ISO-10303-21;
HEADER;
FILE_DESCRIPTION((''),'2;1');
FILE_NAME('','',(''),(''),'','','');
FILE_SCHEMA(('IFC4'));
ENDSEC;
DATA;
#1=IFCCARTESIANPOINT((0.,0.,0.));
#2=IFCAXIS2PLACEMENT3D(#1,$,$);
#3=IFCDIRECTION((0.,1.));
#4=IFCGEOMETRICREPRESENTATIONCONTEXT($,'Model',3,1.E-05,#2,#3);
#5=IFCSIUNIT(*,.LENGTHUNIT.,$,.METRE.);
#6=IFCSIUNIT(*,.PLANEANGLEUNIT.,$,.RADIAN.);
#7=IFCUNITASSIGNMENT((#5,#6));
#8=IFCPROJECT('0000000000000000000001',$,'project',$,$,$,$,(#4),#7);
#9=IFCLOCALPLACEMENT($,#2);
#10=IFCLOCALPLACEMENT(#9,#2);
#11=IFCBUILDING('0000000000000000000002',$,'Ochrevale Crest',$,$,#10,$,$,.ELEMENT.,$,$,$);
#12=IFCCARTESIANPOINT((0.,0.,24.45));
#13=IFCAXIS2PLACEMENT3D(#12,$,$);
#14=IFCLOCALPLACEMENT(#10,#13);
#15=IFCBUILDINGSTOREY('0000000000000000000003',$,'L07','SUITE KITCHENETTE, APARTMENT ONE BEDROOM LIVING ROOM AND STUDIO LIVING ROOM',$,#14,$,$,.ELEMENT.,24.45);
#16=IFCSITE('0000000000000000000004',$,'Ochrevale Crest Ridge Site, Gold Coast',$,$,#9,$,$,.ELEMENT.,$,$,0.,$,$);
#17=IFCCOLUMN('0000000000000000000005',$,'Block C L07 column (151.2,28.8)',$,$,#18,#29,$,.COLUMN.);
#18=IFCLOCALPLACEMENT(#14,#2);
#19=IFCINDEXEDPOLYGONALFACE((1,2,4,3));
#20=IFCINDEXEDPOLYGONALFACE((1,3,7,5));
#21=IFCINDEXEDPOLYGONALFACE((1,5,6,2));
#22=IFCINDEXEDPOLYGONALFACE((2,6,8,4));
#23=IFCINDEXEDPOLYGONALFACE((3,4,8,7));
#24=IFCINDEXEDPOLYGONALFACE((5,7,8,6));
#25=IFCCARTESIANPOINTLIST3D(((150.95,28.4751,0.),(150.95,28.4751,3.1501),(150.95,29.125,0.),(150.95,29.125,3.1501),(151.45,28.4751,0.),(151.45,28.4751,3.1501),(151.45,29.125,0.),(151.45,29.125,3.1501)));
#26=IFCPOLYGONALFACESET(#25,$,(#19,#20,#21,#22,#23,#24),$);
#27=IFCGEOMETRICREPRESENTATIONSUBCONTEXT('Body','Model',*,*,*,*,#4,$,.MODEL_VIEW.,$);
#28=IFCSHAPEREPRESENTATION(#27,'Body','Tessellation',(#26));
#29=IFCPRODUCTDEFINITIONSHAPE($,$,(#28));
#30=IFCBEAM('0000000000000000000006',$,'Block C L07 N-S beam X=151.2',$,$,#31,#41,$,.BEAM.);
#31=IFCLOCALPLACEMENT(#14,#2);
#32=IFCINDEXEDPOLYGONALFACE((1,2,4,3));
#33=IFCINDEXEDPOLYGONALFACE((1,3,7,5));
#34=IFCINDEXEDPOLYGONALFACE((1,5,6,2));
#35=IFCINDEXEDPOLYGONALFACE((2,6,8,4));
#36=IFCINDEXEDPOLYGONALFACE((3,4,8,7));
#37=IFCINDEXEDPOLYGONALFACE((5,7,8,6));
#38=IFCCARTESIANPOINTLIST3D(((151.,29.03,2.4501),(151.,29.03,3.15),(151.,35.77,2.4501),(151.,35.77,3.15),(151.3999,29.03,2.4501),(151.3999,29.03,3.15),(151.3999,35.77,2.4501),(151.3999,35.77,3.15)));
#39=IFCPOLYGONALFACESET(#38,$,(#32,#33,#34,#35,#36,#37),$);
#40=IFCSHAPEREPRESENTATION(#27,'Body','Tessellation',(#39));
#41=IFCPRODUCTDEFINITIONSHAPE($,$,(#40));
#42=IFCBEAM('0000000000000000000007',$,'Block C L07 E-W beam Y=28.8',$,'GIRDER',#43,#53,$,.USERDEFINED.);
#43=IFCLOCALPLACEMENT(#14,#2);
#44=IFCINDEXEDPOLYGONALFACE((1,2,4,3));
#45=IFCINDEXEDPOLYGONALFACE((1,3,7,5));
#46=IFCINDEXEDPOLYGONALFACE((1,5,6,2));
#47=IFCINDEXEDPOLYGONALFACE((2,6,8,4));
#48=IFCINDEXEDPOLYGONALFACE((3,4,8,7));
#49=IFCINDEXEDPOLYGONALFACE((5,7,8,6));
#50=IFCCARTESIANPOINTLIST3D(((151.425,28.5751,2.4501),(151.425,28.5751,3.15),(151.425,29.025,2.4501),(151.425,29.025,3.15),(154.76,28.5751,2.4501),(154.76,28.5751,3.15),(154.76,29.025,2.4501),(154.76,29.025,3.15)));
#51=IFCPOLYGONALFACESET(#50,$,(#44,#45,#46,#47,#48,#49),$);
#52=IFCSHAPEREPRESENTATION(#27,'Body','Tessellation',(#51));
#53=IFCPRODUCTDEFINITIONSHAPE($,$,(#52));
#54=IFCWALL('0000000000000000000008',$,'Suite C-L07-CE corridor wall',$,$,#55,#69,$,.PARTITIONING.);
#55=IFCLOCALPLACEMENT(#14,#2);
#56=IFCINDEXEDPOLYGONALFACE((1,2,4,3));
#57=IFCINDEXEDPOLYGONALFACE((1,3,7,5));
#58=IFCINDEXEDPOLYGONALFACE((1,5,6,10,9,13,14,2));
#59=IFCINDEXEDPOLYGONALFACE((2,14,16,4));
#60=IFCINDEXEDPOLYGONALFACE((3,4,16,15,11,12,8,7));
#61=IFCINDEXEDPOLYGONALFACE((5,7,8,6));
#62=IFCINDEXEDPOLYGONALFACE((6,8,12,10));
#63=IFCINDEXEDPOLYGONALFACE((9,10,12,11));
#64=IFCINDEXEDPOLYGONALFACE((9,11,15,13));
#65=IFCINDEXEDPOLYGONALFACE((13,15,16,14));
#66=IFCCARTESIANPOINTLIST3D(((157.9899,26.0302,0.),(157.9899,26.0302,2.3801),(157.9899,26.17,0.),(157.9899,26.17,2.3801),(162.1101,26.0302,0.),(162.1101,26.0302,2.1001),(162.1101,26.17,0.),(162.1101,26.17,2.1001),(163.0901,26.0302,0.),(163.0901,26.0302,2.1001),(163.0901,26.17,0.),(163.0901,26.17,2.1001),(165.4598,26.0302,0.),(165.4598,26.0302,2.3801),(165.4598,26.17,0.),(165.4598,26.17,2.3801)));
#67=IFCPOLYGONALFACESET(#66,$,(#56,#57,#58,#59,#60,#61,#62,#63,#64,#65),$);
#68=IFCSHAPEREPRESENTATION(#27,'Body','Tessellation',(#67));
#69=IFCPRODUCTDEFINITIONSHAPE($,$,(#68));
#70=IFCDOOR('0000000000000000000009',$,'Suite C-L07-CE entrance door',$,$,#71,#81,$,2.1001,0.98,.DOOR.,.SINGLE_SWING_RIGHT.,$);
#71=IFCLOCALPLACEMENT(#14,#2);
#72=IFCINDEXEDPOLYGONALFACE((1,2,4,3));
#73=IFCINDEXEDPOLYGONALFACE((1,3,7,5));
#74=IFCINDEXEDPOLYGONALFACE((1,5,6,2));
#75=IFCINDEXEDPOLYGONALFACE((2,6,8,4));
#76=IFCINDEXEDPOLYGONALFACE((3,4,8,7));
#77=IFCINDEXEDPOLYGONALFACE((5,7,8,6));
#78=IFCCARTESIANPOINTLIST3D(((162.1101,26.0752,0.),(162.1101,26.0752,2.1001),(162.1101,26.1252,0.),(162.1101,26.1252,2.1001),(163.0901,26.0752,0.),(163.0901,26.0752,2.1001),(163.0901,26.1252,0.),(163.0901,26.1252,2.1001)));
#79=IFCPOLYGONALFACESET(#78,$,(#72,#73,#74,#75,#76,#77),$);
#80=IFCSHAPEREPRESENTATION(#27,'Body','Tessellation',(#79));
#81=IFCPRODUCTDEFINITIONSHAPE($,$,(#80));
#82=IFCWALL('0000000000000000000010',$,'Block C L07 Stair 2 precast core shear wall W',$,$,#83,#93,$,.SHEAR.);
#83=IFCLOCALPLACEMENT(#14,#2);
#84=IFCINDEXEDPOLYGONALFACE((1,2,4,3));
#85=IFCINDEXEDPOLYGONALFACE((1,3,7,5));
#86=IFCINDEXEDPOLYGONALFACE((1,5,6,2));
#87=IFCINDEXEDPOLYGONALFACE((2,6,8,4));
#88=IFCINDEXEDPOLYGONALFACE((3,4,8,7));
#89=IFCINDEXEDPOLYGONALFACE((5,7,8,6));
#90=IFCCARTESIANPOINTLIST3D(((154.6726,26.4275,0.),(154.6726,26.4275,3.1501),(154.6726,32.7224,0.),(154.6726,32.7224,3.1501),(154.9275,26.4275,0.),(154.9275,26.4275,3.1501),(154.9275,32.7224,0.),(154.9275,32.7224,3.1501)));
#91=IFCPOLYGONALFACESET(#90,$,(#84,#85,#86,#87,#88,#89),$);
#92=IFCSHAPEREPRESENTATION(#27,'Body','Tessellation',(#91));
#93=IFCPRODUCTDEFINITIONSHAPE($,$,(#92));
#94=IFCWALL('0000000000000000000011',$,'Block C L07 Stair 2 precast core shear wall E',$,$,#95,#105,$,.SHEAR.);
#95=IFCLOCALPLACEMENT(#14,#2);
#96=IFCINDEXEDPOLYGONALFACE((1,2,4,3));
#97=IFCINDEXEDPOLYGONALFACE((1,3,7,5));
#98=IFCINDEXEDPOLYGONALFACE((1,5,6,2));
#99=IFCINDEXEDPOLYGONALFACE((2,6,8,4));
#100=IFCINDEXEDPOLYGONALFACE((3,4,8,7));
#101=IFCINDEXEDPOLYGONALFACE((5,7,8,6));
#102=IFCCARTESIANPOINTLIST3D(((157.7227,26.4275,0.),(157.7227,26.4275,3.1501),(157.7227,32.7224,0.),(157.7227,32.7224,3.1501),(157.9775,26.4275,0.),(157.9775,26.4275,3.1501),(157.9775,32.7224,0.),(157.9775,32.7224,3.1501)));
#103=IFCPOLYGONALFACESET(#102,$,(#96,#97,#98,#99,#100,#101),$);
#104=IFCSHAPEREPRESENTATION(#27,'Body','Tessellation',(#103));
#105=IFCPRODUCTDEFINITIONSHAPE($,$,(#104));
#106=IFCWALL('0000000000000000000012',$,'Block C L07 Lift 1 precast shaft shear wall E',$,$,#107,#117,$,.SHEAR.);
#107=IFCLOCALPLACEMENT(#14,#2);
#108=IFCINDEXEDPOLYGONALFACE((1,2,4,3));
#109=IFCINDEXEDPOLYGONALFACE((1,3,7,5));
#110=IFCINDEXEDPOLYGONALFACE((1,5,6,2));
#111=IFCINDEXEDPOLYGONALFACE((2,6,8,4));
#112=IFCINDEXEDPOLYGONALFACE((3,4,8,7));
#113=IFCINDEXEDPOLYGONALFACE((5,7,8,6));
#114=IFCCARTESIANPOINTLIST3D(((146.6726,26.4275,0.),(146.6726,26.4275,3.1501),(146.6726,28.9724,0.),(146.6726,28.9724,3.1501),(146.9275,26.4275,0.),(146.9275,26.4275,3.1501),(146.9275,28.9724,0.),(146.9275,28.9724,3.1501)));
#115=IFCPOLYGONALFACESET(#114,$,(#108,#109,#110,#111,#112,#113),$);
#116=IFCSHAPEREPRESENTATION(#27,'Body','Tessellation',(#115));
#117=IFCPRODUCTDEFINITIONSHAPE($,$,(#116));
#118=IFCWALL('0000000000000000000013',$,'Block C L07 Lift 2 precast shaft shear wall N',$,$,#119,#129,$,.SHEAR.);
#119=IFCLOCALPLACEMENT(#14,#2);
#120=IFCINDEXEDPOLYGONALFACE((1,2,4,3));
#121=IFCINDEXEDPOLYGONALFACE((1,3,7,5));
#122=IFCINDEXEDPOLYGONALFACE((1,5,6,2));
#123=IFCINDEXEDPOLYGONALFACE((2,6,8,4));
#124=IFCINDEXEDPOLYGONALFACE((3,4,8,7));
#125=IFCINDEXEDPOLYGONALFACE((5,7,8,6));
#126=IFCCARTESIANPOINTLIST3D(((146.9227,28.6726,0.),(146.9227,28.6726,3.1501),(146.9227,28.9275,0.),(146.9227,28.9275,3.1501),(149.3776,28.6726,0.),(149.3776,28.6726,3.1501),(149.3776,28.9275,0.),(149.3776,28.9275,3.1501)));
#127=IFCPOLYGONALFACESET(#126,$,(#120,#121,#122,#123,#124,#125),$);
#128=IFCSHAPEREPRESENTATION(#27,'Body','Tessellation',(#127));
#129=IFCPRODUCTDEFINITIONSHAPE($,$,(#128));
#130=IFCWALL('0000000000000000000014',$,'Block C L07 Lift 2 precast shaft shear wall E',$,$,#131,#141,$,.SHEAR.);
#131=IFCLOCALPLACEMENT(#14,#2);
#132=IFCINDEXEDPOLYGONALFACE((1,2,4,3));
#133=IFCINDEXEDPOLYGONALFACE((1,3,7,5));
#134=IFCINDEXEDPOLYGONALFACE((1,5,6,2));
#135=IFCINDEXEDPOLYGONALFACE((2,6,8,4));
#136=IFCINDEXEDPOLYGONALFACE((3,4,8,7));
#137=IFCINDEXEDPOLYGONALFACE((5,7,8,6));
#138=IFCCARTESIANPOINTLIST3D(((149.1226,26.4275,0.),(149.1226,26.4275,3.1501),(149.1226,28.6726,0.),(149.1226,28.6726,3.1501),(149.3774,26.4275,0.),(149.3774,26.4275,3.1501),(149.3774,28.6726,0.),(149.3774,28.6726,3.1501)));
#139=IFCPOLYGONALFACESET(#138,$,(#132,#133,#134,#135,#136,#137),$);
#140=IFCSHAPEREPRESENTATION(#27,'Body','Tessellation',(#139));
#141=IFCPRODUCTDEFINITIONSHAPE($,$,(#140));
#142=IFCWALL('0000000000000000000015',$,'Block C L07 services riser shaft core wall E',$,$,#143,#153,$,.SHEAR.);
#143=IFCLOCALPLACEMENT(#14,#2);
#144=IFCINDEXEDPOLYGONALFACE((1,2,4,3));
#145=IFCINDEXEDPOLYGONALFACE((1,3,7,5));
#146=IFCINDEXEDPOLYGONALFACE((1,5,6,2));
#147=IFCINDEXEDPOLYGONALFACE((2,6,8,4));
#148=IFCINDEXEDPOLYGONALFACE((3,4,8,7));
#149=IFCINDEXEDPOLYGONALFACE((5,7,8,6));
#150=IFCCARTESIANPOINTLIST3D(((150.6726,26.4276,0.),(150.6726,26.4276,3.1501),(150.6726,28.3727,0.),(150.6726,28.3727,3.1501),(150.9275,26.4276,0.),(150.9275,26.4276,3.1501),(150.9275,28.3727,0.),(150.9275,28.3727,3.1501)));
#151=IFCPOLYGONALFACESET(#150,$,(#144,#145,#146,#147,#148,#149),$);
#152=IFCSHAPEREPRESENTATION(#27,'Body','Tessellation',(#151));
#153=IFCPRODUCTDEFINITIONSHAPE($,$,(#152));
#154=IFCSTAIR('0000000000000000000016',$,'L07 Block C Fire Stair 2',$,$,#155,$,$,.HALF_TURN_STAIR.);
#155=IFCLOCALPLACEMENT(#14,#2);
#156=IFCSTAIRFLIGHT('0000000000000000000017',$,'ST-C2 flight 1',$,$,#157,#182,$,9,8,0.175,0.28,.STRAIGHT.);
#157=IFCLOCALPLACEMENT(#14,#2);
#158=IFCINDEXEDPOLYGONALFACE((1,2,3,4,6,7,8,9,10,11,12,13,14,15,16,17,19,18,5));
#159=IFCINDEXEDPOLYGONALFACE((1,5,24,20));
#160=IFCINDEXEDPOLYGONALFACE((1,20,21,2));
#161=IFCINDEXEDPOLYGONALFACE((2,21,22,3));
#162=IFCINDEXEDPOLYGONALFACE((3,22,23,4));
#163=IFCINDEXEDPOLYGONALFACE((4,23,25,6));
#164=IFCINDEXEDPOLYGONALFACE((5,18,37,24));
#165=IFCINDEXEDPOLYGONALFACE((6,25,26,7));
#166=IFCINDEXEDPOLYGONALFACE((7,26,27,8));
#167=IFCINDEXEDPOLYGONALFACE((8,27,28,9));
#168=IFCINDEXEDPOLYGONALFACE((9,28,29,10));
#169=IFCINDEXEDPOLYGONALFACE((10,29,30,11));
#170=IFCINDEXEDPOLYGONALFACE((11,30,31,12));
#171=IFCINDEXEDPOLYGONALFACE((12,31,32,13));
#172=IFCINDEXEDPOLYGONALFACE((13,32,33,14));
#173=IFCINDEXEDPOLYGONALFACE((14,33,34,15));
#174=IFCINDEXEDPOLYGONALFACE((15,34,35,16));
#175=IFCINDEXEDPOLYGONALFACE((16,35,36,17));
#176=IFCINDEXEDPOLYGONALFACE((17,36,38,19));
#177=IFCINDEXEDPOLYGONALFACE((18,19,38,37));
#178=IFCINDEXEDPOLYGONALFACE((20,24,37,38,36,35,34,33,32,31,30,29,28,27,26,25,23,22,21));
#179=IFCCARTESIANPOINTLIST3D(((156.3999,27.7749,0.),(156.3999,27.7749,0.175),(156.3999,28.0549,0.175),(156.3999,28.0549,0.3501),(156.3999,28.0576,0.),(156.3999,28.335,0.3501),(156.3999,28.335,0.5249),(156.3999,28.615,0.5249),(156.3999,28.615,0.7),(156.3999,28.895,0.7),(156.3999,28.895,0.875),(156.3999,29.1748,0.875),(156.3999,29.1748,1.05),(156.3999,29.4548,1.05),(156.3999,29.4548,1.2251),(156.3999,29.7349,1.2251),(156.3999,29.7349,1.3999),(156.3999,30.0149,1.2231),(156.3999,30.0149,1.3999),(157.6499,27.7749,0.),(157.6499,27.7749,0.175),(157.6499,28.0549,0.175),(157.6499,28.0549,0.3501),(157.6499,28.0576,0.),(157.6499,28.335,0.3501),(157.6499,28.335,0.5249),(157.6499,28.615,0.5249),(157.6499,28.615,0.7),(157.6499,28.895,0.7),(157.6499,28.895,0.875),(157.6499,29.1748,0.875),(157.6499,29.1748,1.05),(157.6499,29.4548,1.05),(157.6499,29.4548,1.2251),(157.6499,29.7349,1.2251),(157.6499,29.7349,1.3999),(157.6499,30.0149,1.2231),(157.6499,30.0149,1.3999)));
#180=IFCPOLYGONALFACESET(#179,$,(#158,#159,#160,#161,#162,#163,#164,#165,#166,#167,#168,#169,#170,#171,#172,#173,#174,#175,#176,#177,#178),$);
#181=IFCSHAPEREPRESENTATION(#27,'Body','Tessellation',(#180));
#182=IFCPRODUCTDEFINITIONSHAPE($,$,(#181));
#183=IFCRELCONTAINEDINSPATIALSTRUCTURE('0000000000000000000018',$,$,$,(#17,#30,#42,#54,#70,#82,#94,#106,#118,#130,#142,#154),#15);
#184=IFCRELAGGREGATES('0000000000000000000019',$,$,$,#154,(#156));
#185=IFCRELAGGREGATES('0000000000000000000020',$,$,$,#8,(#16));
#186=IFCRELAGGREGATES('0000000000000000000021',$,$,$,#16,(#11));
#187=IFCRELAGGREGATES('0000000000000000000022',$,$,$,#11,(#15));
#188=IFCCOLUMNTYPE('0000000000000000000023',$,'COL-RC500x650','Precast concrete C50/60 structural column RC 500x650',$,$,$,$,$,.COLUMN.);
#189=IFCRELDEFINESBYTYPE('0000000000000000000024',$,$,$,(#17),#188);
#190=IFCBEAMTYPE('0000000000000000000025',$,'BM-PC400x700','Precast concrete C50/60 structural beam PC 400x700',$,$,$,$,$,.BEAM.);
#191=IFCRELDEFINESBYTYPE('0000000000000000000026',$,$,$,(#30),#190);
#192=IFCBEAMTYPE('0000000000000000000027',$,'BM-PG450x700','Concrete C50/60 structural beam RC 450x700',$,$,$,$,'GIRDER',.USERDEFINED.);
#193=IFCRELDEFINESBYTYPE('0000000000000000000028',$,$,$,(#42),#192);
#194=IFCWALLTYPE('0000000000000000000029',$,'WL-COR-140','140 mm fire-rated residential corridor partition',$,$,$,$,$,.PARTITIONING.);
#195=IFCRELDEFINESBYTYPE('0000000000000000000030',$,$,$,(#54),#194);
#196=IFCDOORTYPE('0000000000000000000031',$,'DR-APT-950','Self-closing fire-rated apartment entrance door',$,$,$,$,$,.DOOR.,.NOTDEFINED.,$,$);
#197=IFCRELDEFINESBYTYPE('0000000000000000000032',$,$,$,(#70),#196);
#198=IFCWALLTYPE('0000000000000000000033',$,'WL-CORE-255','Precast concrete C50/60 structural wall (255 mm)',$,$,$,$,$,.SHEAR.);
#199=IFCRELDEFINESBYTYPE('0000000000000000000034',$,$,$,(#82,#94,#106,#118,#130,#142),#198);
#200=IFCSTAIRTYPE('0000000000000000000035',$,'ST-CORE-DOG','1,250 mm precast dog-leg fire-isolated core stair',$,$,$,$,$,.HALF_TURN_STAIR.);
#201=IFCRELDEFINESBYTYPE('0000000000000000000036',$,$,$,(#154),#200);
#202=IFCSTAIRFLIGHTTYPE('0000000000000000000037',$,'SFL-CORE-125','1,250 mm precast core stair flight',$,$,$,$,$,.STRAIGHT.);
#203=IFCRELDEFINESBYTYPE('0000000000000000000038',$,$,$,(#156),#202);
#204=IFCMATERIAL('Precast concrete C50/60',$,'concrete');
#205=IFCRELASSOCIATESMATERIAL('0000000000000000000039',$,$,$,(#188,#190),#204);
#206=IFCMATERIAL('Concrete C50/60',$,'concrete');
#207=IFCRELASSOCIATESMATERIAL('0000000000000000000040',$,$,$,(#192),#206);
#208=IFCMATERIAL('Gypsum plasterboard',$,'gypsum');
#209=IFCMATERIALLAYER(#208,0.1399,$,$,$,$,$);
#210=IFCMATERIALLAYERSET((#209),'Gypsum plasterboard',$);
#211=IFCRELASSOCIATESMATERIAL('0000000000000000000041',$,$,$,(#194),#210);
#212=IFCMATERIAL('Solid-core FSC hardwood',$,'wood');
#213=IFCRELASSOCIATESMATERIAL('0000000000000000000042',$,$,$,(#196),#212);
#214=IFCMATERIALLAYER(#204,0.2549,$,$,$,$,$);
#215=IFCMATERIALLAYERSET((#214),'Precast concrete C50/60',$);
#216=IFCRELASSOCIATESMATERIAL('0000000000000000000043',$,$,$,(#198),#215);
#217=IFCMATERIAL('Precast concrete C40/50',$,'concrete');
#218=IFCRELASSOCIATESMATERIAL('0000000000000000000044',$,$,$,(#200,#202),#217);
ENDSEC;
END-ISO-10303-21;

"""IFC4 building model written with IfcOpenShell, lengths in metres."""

from ifc_helpers import new_model, si_unit, direction, frame, frame_2d, origin, origin_2d, place, context, subcontext, project, spatial, polyline, rectangle, outline, extrude, material, layer, layer_set, material_profile, profile_set, type_object, element, fill, aggregate, save


model = new_model("IFC4")

# Units and contexts
model_context = context("Model", 3, precision=1e-05, world=origin(), true_north=direction((0.0, 1.0)))
body_context = subcontext(model_context, "Body", "Model", "MODEL_VIEW")
ifc_project = project(units=[si_unit("LENGTHUNIT", "METRE"), si_unit("PLANEANGLEUNIT", "RADIAN")], contexts=[model_context])

# Site, building, storey
site_placement = place(None, origin())
site = spatial("IfcSite", under=ifc_project, at=site_placement, Name="Ochrevale Crest Ridge Site, Gold Coast", CompositionType="ELEMENT", RefElevation=0.0)
building_placement = place(site_placement, origin())
building = spatial("IfcBuilding", under=site, at=building_placement, Name="Ochrevale Crest", CompositionType="ELEMENT")
storey_placement = place(building_placement, frame((0.0, 0.0, 24.45)))
storey = spatial("IfcBuildingStorey", under=building, at=storey_placement, Name="L07", Description="SUITE KITCHENETTE, APARTMENT ONE BEDROOM LIVING ROOM AND STUDIO LIVING ROOM", CompositionType="ELEMENT", Elevation=24.45)

# Column
ifc_material_1 = material(Name="Precast concrete C50/60", Category="concrete")
ifc_material_profile_1 = material_profile(ifc_material_1, rectangle(XDim=0.5, YDim=0.6499, at=origin_2d()), Name="RC 500x650")
ifc_profile_set_1 = profile_set([ifc_material_profile_1], Name="Precast concrete C50/60")
column_type = type_object("IfcColumnType", Name="COL-RC500x650", Description="Precast concrete C50/60 structural column RC 500x650", PredefinedType="COLUMN", material=ifc_profile_set_1)
column_placement = place(storey_placement, frame((151.2, 28.8, 0.0), z_axis=(0.0, 0.0, 1.0), x_axis=(1.0, 0.0, 0.0)))
element("IfcColumn", 1, at=column_placement, inside=storey, type_object=column_type, Name="Block C L07 column (151.2,28.8)", PredefinedType="COLUMN", context=body_context, shape_type="SweptSolid", body=[
    extrude(rectangle(XDim=0.5, YDim=0.6499, at=origin_2d()), origin(), (0.0, 0.0, 1.0), 3.1501),
])

# Beams
ifc_material_profile_2 = material_profile(ifc_material_1, rectangle(XDim=0.3999, YDim=0.7, at=origin_2d()), Name="PC 400x700")
ifc_profile_set_2 = profile_set([ifc_material_profile_2], Name="Precast concrete C50/60")
beam_type_1 = type_object("IfcBeamType", Name="BM-PC400x700", Description="Precast concrete C50/60 structural beam PC 400x700", PredefinedType="BEAM", material=ifc_profile_set_2)
beam_1_placement = place(storey_placement, frame((151.2, 29.03, 2.8), z_axis=(0.0, 1.0, 0.0), x_axis=(-1.0, 0.0, 0.0)))
element("IfcBeam", 2, at=beam_1_placement, inside=storey, type_object=beam_type_1, Name="Block C L07 N-S beam X=151.2", PredefinedType="BEAM", context=body_context, shape_type="SweptSolid", body=[
    extrude(rectangle(XDim=0.3999, YDim=0.7, at=origin_2d()), origin(), (0.0, 0.0, 1.0), 6.74),
])
ifc_material_2 = material(Name="Concrete C50/60", Category="concrete")
ifc_material_profile_3 = material_profile(ifc_material_2, rectangle(XDim=0.45, YDim=0.7, at=origin_2d()), Name="RC 450x700")
ifc_profile_set_3 = profile_set([ifc_material_profile_3], Name="Concrete C50/60")
beam_type_2 = type_object("IfcBeamType", Name="BM-PG450x700", Description="Concrete C50/60 structural beam RC 450x700", ElementType="GIRDER", PredefinedType="USERDEFINED", material=ifc_profile_set_3)
beam_2_placement = place(storey_placement, frame((151.425, 28.8, 2.8), z_axis=(1.0, 0.0, 0.0), x_axis=(0.0, 1.0, 0.0)))
element("IfcBeam", 3, at=beam_2_placement, inside=storey, type_object=beam_type_2, Name="Block C L07 E-W beam Y=28.8", ObjectType="GIRDER", PredefinedType="USERDEFINED", context=body_context, shape_type="SweptSolid", body=[
    extrude(rectangle(XDim=0.45, YDim=0.7, at=origin_2d()), origin(), (0.0, 0.0, 1.0), 3.335),
])

# Wall, opening, door
ifc_material_3 = material(Name="Gypsum plasterboard", Category="gypsum")
ifc_layer_1 = layer(ifc_material_3, 0.1399)
ifc_layer_set_1 = layer_set([ifc_layer_1], Name="Gypsum plasterboard")
wall_type_1 = type_object("IfcWallType", Name="WL-COR-140", Description="140 mm fire-rated residential corridor partition", PredefinedType="PARTITIONING", material=ifc_layer_set_1)
wall_1_placement = place(storey_placement, frame((157.99, 26.1001, 0.0), z_axis=(0.0, 0.0, 1.0), x_axis=(1.0, 0.0, 0.0)))
wall_1 = element("IfcWall", 4, at=wall_1_placement, inside=storey, type_object=wall_type_1, Name="Suite C-L07-CE corridor wall", PredefinedType="PARTITIONING", context=body_context, shape_type="SweptSolid", body=[
    extrude(rectangle(XDim=7.47, YDim=0.1399, at=frame_2d((3.7349, 0.0))), origin(), (0.0, 0.0, 1.0), 2.3801),
])
opening_1_placement = place(wall_1_placement, frame((5.1001, 0.0, 0.0), z_axis=(0.0, 0.0, 1.0), x_axis=(-1.0, 0.0, 0.0)))
opening_1 = element("IfcOpeningElement", 5, at=opening_1_placement, cuts=wall_1, PredefinedType="OPENING", context=body_context, shape_type="SweptSolid", body=[
    extrude(rectangle(XDim=0.98, YDim=2.1001, at=frame_2d((0.49, 1.05))), frame((0.0, 0.0801, 0.0), z_axis=(0.0, -1.0, 0.0), x_axis=(1.0, 0.0, 0.0)), (0.0, 0.0, 1.0), 0.1599),
])
ifc_material_4 = material(Name="Solid-core FSC hardwood", Category="wood")
door_type_1 = type_object("IfcDoorType", Name="DR-APT-950", Description="Self-closing fire-rated apartment entrance door", OperationType="NOTDEFINED", PredefinedType="DOOR", material=ifc_material_4)
door_1_placement = place(opening_1_placement, origin())
door_1 = element("IfcDoor", 6, at=door_1_placement, inside=storey, type_object=door_type_1, Name="Suite C-L07-CE entrance door", OperationType="SINGLE_SWING_RIGHT", OverallHeight=2.1001, OverallWidth=0.98, PredefinedType="DOOR", context=body_context, shape_type="SweptSolid", body=[
    extrude(rectangle(XDim=0.98, YDim=2.1001, at=frame_2d((0.49, 1.05))), frame((0.0, 0.0249, 0.0), z_axis=(0.0, -1.0, 0.0), x_axis=(1.0, 0.0, 0.0)), (0.0, 0.0, 1.0), 0.05),
])
fill(opening_1, door_1)
ifc_layer_2 = layer(ifc_material_1, 0.2549)
ifc_layer_set_2 = layer_set([ifc_layer_2], Name="Precast concrete C50/60")
wall_type_2 = type_object("IfcWallType", Name="WL-CORE-255", Description="Precast concrete C50/60 structural wall (255 mm)", PredefinedType="SHEAR", material=ifc_layer_set_2)

# Walls
for number, where, z_axis, x_axis, name in (
    (7, (154.8, 26.4275, 0.0), (0.0, 0.0, 1.0), (0.0, 1.0, 0.0), "Block C L07 Stair 2 precast core shear wall W"),
    (8, (157.8501, 26.4275, 0.0), (0.0, 0.0, 1.0), (0.0, 1.0, 0.0), "Block C L07 Stair 2 precast core shear wall E"),
):
    element("IfcWall", number, at=place(storey_placement, frame(where, z_axis=z_axis, x_axis=x_axis)), inside=storey, type_object=wall_type_2, Name=name, PredefinedType="SHEAR", context=body_context, shape_type="SweptSolid", body=[
        extrude(rectangle(XDim=6.2949, YDim=0.2549, at=frame_2d((3.1475, 0.0))), origin(), (0.0, 0.0, 1.0), 3.1501),
    ])
wall_2_placement = place(storey_placement, frame((146.8, 26.4275, 0.0), z_axis=(0.0, 0.0, 1.0), x_axis=(0.0, 1.0, 0.0)))
element("IfcWall", 9, at=wall_2_placement, inside=storey, type_object=wall_type_2, Name="Block C L07 Lift 1 precast shaft shear wall E", PredefinedType="SHEAR", context=body_context, shape_type="SweptSolid", body=[
    extrude(rectangle(XDim=2.5449, YDim=0.2549, at=frame_2d((1.2725, 0.0))), origin(), (0.0, 0.0, 1.0), 3.1501),
])

# Walls
wall_3_placement = place(storey_placement, frame((146.9226, 28.8, 0.0), z_axis=(0.0, 0.0, 1.0), x_axis=(1.0, 0.0, 0.0)))
element("IfcWall", 10, at=wall_3_placement, inside=storey, type_object=wall_type_2, Name="Block C L07 Lift 2 precast shaft shear wall N", PredefinedType="SHEAR", context=body_context, shape_type="SweptSolid", body=[
    extrude(rectangle(XDim=2.4548, YDim=0.2549, at=frame_2d((1.2275, 0.0))), origin(), (0.0, 0.0, 1.0), 3.1501),
])
wall_4_placement = place(storey_placement, frame((149.25, 26.4275, 0.0), z_axis=(0.0, 0.0, 1.0), x_axis=(0.0, 1.0, 0.0)))
element("IfcWall", 11, at=wall_4_placement, inside=storey, type_object=wall_type_2, Name="Block C L07 Lift 2 precast shaft shear wall E", PredefinedType="SHEAR", context=body_context, shape_type="SweptSolid", body=[
    extrude(rectangle(XDim=2.2451, YDim=0.2549, at=frame_2d((1.1226, 0.0))), origin(), (0.0, 0.0, 1.0), 3.1501),
])
wall_5_placement = place(storey_placement, frame((150.8, 26.4275, 0.0), z_axis=(0.0, 0.0, 1.0), x_axis=(0.0, 1.0, 0.0)))
element("IfcWall", 12, at=wall_5_placement, inside=storey, type_object=wall_type_2, Name="Block C L07 services riser shaft core wall E", PredefinedType="SHEAR", context=body_context, shape_type="SweptSolid", body=[
    extrude(rectangle(XDim=1.9451, YDim=0.2549, at=frame_2d((0.9727, 0.0))), origin(), (0.0, 0.0, 1.0), 3.1501),
])

# Stair, stair flight
ifc_material_5 = material(Name="Precast concrete C40/50", Category="concrete")
stair_type = type_object("IfcStairType", Name="ST-CORE-DOG", Description="1,250 mm precast dog-leg fire-isolated core stair", PredefinedType="HALF_TURN_STAIR", material=ifc_material_5)
stair_placement = place(storey_placement, origin())
stair = element("IfcStair", 13, at=stair_placement, inside=storey, type_object=stair_type, Name="L07 Block C Fire Stair 2", PredefinedType="HALF_TURN_STAIR")
stair_flight_type = type_object("IfcStairFlightType", Name="SFL-CORE-125", Description="1,250 mm precast core stair flight", PredefinedType="STRAIGHT", material=ifc_material_5)
stair_flight_1_placement = place(storey_placement, frame((157.0249, 27.7749, 0.0), z_axis=(0.0, 0.0, 1.0), x_axis=(0.0, 1.0, 0.0)))
stair_flight_1 = element("IfcStairFlight", 14, at=stair_flight_1_placement, type_object=stair_flight_type, Name="ST-C2 flight 1", NumberOfRisers=9, NumberOfTreads=8, PredefinedType="STRAIGHT", RiserHeight=0.175, TreadLength=0.28, context=body_context, shape_type="SweptSolid", body=[
    extrude(outline(polyline([(0.0, 0.0), (0.0, 0.175), (0.28, 0.175), (0.28, 0.3501), (0.5601, 0.3501), (0.5601, 0.5249), (0.8401, 0.5249), (0.8401, 0.7), (1.1201, 0.7), (1.1201, 0.875), (1.3999, 0.875), (1.3999, 1.05), (1.6799, 1.05), (1.6799, 1.2251), (1.96, 1.2251), (1.96, 1.3999), (2.24, 1.3999), (2.24, 1.575), (2.24, 1.2231), (0.2827, 0.0), (0.0, 0.0)])), frame((0.0, 0.625, 0.0), z_axis=(0.0, -1.0, 0.0), x_axis=(1.0, 0.0, 0.0)), (0.0, 0.0, 1.0), 1.25),
])
aggregate(stair, [stair_flight_1])

save(model, "model.ifc")
